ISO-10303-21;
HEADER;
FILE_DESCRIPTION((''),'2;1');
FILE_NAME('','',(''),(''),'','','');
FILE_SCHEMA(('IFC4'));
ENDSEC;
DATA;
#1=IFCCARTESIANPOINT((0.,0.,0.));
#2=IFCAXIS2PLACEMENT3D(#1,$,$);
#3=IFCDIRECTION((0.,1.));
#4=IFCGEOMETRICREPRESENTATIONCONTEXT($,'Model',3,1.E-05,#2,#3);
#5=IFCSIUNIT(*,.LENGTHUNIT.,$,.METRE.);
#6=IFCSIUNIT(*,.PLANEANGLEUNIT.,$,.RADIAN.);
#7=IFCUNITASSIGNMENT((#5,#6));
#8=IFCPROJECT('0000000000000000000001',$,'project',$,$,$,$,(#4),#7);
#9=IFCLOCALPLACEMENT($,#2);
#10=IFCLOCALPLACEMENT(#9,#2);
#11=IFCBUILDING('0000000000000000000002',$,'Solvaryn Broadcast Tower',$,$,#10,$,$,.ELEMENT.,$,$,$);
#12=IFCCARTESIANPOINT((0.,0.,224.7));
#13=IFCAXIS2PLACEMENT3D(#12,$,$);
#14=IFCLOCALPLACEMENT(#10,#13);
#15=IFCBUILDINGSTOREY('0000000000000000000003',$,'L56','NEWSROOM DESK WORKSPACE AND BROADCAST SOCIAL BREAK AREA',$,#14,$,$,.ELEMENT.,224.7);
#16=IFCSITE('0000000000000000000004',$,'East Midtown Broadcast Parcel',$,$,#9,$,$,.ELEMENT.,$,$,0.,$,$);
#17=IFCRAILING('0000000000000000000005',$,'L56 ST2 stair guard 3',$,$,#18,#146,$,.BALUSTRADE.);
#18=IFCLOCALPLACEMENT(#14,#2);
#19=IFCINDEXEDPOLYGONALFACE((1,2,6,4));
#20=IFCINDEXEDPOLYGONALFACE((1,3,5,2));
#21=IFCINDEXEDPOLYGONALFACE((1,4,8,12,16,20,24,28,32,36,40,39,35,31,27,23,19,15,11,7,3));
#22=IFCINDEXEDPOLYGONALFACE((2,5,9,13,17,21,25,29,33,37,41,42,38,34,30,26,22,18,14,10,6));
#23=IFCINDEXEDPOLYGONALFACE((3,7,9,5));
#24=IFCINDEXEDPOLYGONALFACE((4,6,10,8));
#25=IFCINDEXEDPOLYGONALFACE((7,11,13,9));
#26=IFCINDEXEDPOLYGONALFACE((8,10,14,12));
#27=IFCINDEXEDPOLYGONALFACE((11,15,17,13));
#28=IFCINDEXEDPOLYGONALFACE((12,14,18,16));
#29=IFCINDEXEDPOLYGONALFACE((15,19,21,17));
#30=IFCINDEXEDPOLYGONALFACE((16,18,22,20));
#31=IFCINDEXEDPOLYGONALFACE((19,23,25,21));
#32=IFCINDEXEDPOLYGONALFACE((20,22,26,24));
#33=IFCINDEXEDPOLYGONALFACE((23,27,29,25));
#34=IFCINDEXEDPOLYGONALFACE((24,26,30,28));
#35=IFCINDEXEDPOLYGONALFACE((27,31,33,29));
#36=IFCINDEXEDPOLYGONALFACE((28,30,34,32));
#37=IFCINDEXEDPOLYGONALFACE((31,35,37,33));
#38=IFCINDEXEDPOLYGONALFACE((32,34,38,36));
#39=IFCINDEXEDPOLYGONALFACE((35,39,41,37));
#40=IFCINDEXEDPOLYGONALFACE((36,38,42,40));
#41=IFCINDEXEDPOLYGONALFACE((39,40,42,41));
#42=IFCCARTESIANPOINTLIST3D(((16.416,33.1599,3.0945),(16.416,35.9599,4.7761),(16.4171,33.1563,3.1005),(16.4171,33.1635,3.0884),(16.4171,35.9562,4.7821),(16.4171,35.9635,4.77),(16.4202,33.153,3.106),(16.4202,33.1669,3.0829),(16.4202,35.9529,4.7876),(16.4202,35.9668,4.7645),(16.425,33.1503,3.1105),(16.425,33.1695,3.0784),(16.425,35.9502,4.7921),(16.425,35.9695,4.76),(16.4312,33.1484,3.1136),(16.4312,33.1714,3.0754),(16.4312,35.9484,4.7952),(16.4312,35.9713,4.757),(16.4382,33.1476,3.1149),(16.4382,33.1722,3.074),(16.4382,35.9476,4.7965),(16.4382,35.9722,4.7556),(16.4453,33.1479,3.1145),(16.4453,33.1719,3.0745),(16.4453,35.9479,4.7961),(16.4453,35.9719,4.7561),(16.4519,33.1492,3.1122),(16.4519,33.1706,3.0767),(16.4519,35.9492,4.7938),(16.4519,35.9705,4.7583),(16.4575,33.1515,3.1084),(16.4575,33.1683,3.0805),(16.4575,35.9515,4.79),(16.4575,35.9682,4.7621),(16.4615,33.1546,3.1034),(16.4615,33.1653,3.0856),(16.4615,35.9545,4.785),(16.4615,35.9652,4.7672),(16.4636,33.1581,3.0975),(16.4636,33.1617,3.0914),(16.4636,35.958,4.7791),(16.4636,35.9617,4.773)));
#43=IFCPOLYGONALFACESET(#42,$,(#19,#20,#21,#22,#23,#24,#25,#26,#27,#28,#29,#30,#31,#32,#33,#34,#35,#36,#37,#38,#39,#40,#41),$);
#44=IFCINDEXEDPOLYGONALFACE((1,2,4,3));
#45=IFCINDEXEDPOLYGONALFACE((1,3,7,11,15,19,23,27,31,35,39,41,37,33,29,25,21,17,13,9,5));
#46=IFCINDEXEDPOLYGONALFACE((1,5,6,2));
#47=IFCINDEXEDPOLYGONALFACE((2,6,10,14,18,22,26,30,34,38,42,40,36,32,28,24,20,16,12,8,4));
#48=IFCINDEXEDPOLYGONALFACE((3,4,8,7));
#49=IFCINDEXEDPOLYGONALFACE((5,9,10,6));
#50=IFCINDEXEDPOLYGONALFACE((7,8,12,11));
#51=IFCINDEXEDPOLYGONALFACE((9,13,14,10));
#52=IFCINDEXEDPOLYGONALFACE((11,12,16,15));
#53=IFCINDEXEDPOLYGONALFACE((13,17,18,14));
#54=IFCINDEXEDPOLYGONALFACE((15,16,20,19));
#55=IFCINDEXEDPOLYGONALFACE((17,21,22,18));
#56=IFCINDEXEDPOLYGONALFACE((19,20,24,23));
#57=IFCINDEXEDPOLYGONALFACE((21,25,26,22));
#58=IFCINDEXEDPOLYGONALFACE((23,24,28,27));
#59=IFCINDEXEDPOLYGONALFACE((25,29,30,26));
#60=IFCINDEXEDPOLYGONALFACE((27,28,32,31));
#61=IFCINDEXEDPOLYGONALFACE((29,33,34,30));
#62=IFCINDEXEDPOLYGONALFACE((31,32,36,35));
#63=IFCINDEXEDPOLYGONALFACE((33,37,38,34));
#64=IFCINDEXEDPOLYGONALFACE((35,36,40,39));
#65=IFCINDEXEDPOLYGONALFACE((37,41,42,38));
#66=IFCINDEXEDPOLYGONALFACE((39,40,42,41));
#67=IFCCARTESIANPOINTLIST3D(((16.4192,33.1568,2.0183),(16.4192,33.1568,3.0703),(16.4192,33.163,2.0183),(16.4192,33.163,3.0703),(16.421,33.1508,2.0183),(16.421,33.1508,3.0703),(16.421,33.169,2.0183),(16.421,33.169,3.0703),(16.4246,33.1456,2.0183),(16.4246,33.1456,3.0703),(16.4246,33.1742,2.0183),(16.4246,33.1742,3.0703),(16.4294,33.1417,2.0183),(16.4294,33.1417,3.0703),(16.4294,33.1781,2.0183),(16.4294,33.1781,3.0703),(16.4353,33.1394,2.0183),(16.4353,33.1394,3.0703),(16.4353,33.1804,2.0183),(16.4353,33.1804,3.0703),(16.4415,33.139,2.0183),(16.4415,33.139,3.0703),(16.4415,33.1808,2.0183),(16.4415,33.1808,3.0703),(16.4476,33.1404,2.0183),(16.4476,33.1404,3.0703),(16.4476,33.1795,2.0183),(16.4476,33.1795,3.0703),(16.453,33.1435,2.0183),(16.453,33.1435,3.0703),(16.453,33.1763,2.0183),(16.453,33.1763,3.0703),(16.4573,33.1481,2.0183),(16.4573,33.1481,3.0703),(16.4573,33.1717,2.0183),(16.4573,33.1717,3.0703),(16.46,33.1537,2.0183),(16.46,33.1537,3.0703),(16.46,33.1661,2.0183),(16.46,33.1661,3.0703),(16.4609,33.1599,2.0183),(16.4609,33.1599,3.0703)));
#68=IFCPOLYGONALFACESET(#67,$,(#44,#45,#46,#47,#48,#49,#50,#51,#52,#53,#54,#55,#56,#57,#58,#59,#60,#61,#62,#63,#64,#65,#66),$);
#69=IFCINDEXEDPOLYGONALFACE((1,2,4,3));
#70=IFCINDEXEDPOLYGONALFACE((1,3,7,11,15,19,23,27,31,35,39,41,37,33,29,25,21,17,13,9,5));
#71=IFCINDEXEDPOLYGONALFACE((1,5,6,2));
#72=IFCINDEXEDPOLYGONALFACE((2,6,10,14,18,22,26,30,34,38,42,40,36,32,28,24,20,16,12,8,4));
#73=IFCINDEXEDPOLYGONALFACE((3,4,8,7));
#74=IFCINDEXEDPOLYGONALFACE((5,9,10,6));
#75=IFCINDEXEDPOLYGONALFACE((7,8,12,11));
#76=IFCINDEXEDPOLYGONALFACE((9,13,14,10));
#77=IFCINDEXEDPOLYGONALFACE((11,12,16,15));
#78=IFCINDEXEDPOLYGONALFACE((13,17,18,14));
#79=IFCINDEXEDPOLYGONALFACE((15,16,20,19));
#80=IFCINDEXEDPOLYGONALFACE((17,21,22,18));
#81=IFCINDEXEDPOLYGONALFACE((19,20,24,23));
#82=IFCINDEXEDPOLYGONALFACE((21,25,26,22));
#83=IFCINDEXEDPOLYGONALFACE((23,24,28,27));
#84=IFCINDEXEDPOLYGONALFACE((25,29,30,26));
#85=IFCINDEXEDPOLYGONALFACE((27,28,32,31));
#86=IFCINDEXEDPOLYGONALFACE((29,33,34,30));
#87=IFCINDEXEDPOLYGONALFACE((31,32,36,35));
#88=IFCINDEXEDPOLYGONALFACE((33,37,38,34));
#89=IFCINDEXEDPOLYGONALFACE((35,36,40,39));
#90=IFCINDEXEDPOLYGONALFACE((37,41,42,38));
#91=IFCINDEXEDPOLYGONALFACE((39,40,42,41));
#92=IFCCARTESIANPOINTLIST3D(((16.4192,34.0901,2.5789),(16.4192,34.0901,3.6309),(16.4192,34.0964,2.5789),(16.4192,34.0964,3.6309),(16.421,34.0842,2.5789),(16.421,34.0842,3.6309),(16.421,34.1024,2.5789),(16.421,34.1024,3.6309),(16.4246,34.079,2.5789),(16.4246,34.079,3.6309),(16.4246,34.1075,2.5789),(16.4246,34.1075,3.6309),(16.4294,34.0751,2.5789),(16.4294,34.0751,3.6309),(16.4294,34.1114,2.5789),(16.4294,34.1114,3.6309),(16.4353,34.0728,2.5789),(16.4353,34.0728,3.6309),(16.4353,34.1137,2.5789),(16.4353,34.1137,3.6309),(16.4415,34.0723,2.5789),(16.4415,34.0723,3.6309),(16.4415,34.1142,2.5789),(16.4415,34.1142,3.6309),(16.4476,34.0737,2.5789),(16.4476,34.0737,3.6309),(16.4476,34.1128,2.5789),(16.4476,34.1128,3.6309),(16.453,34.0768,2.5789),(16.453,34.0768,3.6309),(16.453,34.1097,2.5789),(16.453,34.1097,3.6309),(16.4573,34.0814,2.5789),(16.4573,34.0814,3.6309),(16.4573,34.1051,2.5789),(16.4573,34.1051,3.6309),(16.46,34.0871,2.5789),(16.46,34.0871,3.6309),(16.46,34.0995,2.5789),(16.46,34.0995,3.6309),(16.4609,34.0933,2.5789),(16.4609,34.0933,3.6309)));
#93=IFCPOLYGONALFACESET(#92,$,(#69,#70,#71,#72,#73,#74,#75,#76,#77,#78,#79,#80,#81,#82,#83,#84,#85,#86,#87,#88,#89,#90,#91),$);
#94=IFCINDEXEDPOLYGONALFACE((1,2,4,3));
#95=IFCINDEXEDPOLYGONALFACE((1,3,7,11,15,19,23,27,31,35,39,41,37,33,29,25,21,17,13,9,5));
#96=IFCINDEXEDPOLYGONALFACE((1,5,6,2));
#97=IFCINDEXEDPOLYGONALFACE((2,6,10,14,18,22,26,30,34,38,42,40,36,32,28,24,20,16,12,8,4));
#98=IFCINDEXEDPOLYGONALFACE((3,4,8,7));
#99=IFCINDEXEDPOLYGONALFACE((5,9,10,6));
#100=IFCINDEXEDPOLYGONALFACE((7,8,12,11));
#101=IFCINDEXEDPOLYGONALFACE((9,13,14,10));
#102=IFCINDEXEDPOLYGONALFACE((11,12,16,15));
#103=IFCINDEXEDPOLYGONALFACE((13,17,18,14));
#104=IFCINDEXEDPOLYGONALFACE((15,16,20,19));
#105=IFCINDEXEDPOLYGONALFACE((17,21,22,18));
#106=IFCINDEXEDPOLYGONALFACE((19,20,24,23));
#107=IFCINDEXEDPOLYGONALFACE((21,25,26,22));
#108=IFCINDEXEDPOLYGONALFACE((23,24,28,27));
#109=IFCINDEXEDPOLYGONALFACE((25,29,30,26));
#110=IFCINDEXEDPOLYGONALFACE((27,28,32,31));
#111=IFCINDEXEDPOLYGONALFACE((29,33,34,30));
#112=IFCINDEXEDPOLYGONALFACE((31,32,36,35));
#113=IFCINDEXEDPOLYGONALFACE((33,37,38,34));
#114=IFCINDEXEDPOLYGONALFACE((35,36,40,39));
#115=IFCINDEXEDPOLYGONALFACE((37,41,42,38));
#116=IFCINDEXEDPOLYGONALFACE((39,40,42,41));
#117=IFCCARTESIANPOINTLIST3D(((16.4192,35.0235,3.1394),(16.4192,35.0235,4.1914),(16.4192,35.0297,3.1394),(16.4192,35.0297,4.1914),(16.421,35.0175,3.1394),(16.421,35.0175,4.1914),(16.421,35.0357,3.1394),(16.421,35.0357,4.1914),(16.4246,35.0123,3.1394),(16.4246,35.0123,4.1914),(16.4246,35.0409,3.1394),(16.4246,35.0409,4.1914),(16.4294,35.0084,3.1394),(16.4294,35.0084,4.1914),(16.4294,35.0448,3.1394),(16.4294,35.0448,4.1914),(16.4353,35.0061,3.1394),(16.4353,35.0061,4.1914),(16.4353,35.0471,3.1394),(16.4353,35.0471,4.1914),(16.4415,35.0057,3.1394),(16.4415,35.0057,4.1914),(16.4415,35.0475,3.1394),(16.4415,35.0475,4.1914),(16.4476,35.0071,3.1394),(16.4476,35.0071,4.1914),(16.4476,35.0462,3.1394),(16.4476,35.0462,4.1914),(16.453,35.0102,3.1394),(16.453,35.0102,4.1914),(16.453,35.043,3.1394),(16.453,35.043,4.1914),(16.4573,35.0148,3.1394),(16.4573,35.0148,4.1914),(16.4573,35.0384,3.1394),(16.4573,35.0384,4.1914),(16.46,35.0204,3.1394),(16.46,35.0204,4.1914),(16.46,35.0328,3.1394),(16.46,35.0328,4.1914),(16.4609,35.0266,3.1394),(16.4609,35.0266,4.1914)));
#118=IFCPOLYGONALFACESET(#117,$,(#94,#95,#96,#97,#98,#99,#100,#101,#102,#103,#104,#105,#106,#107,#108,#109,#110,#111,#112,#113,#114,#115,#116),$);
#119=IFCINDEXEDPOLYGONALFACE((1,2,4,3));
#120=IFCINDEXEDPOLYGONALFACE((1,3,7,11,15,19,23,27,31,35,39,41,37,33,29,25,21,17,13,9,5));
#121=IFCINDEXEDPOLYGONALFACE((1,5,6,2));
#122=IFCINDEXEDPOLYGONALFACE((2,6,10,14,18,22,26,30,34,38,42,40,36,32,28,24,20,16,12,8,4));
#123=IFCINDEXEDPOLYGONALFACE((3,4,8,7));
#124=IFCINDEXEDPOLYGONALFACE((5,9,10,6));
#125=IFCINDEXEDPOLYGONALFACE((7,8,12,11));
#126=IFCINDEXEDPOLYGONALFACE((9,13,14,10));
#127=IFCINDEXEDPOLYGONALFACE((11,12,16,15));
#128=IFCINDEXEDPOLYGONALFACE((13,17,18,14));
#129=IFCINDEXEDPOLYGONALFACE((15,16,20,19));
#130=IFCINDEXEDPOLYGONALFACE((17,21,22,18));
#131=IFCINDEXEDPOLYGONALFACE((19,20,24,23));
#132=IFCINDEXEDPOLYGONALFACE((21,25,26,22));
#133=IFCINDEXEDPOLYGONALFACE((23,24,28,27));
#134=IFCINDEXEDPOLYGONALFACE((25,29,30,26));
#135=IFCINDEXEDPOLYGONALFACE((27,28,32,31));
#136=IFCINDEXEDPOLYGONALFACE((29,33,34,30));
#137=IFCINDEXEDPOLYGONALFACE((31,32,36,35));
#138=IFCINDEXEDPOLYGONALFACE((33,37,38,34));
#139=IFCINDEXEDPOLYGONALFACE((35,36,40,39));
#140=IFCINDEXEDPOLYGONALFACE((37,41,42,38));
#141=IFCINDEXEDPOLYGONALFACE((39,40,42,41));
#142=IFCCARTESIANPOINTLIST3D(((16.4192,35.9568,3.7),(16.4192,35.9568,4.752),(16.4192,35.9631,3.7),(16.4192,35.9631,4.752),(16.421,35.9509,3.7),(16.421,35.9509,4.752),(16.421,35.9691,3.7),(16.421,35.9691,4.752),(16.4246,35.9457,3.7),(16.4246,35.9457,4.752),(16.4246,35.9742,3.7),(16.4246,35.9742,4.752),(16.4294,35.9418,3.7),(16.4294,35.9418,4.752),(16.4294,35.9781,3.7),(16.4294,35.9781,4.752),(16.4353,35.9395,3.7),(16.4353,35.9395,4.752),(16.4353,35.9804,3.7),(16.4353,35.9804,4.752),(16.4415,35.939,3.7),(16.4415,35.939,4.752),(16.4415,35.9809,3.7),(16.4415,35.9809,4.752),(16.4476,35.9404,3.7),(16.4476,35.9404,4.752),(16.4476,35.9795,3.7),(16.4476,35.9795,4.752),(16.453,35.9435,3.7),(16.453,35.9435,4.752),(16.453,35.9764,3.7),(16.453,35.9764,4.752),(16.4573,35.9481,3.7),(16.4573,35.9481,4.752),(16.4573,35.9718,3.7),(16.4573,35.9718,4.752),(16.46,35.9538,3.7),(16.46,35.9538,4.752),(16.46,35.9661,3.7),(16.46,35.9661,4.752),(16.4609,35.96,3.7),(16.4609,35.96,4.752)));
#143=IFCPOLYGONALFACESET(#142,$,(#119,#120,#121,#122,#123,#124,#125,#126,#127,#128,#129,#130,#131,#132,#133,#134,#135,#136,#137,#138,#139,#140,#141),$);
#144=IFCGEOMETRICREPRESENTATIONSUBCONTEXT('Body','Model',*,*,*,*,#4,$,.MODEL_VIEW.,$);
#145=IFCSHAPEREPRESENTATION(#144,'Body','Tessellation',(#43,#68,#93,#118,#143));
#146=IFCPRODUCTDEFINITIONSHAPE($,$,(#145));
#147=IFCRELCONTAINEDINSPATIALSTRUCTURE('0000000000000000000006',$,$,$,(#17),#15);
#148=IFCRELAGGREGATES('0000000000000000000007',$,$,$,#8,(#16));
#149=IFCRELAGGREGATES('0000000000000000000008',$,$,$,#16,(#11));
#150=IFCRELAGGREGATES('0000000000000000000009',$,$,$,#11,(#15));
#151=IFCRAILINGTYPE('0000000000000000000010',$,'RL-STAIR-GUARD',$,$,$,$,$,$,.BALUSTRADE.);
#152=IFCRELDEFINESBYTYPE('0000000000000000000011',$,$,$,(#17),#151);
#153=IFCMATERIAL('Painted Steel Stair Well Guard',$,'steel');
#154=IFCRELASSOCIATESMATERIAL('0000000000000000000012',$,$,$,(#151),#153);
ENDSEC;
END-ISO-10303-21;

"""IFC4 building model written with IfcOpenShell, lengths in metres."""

from ifc_helpers import new_model, si_unit, direction, frame, origin, origin_2d, place, context, subcontext, project, spatial, circle, extrude, material, type_object, element, save


model = new_model("IFC4")

# Units and contexts
model_context = context("Model", 3, precision=1e-05, world=origin(), true_north=direction((0.0, 1.0)))
body_context = subcontext(model_context, "Body", "Model", "MODEL_VIEW")
ifc_project = project(units=[si_unit("LENGTHUNIT", "METRE"), si_unit("PLANEANGLEUNIT", "RADIAN")], contexts=[model_context])

# Site, building, storey
site_placement = place(None, origin())
site = spatial("IfcSite", under=ifc_project, at=site_placement, Name="East Midtown Broadcast Parcel", CompositionType="ELEMENT", RefElevation=0.0)
building_placement = place(site_placement, origin())
building = spatial("IfcBuilding", under=site, at=building_placement, Name="Solvaryn Broadcast Tower", CompositionType="ELEMENT")
storey_placement = place(building_placement, frame((0.0, 0.0, 224.7)))
storey = spatial("IfcBuildingStorey", under=building, at=storey_placement, Name="L56", Description="NEWSROOM DESK WORKSPACE AND BROADCAST SOCIAL BREAK AREA", CompositionType="ELEMENT", Elevation=224.7)

# Railing
ifc_material_1 = material(Name="Painted Steel Stair Well Guard", Category="steel")
railing_type_1 = type_object("IfcRailingType", Name="RL-STAIR-GUARD", PredefinedType="BALUSTRADE", material=ifc_material_1)
railing_1_placement = place(storey_placement, frame((16.4399, 33.1599, 2.0183)))
element("IfcRailing", 1, at=railing_1_placement, inside=storey, type_object=railing_type_1, Name="L56 ST2 stair guard 3", PredefinedType="BALUSTRADE", context=body_context, shape_type="SweptSolid", body=[
    extrude(circle(Radius=0.0239, at=origin_2d()), frame((0.0, 0.0, 1.0762), z_axis=(0.0, 0.857275, 0.514858), x_axis=(-1.0, 0.0, 0.0)), (0.0, 0.0, 1.0), 3.2661),
    extrude(circle(Radius=0.021, at=origin_2d()), origin(), (0.0, 0.0, 1.0), 1.052),
    extrude(circle(Radius=0.021, at=origin_2d()), frame((0.0, 0.9333, 0.5605)), (0.0, 0.0, 1.0), 1.052),
    extrude(circle(Radius=0.021, at=origin_2d()), frame((0.0, 1.8667, 1.1211)), (0.0, 0.0, 1.0), 1.052),
    extrude(circle(Radius=0.021, at=origin_2d()), frame((0.0, 2.8, 1.6816)), (0.0, 0.0, 1.0), 1.052),
])

save(model, "model.ifc")
